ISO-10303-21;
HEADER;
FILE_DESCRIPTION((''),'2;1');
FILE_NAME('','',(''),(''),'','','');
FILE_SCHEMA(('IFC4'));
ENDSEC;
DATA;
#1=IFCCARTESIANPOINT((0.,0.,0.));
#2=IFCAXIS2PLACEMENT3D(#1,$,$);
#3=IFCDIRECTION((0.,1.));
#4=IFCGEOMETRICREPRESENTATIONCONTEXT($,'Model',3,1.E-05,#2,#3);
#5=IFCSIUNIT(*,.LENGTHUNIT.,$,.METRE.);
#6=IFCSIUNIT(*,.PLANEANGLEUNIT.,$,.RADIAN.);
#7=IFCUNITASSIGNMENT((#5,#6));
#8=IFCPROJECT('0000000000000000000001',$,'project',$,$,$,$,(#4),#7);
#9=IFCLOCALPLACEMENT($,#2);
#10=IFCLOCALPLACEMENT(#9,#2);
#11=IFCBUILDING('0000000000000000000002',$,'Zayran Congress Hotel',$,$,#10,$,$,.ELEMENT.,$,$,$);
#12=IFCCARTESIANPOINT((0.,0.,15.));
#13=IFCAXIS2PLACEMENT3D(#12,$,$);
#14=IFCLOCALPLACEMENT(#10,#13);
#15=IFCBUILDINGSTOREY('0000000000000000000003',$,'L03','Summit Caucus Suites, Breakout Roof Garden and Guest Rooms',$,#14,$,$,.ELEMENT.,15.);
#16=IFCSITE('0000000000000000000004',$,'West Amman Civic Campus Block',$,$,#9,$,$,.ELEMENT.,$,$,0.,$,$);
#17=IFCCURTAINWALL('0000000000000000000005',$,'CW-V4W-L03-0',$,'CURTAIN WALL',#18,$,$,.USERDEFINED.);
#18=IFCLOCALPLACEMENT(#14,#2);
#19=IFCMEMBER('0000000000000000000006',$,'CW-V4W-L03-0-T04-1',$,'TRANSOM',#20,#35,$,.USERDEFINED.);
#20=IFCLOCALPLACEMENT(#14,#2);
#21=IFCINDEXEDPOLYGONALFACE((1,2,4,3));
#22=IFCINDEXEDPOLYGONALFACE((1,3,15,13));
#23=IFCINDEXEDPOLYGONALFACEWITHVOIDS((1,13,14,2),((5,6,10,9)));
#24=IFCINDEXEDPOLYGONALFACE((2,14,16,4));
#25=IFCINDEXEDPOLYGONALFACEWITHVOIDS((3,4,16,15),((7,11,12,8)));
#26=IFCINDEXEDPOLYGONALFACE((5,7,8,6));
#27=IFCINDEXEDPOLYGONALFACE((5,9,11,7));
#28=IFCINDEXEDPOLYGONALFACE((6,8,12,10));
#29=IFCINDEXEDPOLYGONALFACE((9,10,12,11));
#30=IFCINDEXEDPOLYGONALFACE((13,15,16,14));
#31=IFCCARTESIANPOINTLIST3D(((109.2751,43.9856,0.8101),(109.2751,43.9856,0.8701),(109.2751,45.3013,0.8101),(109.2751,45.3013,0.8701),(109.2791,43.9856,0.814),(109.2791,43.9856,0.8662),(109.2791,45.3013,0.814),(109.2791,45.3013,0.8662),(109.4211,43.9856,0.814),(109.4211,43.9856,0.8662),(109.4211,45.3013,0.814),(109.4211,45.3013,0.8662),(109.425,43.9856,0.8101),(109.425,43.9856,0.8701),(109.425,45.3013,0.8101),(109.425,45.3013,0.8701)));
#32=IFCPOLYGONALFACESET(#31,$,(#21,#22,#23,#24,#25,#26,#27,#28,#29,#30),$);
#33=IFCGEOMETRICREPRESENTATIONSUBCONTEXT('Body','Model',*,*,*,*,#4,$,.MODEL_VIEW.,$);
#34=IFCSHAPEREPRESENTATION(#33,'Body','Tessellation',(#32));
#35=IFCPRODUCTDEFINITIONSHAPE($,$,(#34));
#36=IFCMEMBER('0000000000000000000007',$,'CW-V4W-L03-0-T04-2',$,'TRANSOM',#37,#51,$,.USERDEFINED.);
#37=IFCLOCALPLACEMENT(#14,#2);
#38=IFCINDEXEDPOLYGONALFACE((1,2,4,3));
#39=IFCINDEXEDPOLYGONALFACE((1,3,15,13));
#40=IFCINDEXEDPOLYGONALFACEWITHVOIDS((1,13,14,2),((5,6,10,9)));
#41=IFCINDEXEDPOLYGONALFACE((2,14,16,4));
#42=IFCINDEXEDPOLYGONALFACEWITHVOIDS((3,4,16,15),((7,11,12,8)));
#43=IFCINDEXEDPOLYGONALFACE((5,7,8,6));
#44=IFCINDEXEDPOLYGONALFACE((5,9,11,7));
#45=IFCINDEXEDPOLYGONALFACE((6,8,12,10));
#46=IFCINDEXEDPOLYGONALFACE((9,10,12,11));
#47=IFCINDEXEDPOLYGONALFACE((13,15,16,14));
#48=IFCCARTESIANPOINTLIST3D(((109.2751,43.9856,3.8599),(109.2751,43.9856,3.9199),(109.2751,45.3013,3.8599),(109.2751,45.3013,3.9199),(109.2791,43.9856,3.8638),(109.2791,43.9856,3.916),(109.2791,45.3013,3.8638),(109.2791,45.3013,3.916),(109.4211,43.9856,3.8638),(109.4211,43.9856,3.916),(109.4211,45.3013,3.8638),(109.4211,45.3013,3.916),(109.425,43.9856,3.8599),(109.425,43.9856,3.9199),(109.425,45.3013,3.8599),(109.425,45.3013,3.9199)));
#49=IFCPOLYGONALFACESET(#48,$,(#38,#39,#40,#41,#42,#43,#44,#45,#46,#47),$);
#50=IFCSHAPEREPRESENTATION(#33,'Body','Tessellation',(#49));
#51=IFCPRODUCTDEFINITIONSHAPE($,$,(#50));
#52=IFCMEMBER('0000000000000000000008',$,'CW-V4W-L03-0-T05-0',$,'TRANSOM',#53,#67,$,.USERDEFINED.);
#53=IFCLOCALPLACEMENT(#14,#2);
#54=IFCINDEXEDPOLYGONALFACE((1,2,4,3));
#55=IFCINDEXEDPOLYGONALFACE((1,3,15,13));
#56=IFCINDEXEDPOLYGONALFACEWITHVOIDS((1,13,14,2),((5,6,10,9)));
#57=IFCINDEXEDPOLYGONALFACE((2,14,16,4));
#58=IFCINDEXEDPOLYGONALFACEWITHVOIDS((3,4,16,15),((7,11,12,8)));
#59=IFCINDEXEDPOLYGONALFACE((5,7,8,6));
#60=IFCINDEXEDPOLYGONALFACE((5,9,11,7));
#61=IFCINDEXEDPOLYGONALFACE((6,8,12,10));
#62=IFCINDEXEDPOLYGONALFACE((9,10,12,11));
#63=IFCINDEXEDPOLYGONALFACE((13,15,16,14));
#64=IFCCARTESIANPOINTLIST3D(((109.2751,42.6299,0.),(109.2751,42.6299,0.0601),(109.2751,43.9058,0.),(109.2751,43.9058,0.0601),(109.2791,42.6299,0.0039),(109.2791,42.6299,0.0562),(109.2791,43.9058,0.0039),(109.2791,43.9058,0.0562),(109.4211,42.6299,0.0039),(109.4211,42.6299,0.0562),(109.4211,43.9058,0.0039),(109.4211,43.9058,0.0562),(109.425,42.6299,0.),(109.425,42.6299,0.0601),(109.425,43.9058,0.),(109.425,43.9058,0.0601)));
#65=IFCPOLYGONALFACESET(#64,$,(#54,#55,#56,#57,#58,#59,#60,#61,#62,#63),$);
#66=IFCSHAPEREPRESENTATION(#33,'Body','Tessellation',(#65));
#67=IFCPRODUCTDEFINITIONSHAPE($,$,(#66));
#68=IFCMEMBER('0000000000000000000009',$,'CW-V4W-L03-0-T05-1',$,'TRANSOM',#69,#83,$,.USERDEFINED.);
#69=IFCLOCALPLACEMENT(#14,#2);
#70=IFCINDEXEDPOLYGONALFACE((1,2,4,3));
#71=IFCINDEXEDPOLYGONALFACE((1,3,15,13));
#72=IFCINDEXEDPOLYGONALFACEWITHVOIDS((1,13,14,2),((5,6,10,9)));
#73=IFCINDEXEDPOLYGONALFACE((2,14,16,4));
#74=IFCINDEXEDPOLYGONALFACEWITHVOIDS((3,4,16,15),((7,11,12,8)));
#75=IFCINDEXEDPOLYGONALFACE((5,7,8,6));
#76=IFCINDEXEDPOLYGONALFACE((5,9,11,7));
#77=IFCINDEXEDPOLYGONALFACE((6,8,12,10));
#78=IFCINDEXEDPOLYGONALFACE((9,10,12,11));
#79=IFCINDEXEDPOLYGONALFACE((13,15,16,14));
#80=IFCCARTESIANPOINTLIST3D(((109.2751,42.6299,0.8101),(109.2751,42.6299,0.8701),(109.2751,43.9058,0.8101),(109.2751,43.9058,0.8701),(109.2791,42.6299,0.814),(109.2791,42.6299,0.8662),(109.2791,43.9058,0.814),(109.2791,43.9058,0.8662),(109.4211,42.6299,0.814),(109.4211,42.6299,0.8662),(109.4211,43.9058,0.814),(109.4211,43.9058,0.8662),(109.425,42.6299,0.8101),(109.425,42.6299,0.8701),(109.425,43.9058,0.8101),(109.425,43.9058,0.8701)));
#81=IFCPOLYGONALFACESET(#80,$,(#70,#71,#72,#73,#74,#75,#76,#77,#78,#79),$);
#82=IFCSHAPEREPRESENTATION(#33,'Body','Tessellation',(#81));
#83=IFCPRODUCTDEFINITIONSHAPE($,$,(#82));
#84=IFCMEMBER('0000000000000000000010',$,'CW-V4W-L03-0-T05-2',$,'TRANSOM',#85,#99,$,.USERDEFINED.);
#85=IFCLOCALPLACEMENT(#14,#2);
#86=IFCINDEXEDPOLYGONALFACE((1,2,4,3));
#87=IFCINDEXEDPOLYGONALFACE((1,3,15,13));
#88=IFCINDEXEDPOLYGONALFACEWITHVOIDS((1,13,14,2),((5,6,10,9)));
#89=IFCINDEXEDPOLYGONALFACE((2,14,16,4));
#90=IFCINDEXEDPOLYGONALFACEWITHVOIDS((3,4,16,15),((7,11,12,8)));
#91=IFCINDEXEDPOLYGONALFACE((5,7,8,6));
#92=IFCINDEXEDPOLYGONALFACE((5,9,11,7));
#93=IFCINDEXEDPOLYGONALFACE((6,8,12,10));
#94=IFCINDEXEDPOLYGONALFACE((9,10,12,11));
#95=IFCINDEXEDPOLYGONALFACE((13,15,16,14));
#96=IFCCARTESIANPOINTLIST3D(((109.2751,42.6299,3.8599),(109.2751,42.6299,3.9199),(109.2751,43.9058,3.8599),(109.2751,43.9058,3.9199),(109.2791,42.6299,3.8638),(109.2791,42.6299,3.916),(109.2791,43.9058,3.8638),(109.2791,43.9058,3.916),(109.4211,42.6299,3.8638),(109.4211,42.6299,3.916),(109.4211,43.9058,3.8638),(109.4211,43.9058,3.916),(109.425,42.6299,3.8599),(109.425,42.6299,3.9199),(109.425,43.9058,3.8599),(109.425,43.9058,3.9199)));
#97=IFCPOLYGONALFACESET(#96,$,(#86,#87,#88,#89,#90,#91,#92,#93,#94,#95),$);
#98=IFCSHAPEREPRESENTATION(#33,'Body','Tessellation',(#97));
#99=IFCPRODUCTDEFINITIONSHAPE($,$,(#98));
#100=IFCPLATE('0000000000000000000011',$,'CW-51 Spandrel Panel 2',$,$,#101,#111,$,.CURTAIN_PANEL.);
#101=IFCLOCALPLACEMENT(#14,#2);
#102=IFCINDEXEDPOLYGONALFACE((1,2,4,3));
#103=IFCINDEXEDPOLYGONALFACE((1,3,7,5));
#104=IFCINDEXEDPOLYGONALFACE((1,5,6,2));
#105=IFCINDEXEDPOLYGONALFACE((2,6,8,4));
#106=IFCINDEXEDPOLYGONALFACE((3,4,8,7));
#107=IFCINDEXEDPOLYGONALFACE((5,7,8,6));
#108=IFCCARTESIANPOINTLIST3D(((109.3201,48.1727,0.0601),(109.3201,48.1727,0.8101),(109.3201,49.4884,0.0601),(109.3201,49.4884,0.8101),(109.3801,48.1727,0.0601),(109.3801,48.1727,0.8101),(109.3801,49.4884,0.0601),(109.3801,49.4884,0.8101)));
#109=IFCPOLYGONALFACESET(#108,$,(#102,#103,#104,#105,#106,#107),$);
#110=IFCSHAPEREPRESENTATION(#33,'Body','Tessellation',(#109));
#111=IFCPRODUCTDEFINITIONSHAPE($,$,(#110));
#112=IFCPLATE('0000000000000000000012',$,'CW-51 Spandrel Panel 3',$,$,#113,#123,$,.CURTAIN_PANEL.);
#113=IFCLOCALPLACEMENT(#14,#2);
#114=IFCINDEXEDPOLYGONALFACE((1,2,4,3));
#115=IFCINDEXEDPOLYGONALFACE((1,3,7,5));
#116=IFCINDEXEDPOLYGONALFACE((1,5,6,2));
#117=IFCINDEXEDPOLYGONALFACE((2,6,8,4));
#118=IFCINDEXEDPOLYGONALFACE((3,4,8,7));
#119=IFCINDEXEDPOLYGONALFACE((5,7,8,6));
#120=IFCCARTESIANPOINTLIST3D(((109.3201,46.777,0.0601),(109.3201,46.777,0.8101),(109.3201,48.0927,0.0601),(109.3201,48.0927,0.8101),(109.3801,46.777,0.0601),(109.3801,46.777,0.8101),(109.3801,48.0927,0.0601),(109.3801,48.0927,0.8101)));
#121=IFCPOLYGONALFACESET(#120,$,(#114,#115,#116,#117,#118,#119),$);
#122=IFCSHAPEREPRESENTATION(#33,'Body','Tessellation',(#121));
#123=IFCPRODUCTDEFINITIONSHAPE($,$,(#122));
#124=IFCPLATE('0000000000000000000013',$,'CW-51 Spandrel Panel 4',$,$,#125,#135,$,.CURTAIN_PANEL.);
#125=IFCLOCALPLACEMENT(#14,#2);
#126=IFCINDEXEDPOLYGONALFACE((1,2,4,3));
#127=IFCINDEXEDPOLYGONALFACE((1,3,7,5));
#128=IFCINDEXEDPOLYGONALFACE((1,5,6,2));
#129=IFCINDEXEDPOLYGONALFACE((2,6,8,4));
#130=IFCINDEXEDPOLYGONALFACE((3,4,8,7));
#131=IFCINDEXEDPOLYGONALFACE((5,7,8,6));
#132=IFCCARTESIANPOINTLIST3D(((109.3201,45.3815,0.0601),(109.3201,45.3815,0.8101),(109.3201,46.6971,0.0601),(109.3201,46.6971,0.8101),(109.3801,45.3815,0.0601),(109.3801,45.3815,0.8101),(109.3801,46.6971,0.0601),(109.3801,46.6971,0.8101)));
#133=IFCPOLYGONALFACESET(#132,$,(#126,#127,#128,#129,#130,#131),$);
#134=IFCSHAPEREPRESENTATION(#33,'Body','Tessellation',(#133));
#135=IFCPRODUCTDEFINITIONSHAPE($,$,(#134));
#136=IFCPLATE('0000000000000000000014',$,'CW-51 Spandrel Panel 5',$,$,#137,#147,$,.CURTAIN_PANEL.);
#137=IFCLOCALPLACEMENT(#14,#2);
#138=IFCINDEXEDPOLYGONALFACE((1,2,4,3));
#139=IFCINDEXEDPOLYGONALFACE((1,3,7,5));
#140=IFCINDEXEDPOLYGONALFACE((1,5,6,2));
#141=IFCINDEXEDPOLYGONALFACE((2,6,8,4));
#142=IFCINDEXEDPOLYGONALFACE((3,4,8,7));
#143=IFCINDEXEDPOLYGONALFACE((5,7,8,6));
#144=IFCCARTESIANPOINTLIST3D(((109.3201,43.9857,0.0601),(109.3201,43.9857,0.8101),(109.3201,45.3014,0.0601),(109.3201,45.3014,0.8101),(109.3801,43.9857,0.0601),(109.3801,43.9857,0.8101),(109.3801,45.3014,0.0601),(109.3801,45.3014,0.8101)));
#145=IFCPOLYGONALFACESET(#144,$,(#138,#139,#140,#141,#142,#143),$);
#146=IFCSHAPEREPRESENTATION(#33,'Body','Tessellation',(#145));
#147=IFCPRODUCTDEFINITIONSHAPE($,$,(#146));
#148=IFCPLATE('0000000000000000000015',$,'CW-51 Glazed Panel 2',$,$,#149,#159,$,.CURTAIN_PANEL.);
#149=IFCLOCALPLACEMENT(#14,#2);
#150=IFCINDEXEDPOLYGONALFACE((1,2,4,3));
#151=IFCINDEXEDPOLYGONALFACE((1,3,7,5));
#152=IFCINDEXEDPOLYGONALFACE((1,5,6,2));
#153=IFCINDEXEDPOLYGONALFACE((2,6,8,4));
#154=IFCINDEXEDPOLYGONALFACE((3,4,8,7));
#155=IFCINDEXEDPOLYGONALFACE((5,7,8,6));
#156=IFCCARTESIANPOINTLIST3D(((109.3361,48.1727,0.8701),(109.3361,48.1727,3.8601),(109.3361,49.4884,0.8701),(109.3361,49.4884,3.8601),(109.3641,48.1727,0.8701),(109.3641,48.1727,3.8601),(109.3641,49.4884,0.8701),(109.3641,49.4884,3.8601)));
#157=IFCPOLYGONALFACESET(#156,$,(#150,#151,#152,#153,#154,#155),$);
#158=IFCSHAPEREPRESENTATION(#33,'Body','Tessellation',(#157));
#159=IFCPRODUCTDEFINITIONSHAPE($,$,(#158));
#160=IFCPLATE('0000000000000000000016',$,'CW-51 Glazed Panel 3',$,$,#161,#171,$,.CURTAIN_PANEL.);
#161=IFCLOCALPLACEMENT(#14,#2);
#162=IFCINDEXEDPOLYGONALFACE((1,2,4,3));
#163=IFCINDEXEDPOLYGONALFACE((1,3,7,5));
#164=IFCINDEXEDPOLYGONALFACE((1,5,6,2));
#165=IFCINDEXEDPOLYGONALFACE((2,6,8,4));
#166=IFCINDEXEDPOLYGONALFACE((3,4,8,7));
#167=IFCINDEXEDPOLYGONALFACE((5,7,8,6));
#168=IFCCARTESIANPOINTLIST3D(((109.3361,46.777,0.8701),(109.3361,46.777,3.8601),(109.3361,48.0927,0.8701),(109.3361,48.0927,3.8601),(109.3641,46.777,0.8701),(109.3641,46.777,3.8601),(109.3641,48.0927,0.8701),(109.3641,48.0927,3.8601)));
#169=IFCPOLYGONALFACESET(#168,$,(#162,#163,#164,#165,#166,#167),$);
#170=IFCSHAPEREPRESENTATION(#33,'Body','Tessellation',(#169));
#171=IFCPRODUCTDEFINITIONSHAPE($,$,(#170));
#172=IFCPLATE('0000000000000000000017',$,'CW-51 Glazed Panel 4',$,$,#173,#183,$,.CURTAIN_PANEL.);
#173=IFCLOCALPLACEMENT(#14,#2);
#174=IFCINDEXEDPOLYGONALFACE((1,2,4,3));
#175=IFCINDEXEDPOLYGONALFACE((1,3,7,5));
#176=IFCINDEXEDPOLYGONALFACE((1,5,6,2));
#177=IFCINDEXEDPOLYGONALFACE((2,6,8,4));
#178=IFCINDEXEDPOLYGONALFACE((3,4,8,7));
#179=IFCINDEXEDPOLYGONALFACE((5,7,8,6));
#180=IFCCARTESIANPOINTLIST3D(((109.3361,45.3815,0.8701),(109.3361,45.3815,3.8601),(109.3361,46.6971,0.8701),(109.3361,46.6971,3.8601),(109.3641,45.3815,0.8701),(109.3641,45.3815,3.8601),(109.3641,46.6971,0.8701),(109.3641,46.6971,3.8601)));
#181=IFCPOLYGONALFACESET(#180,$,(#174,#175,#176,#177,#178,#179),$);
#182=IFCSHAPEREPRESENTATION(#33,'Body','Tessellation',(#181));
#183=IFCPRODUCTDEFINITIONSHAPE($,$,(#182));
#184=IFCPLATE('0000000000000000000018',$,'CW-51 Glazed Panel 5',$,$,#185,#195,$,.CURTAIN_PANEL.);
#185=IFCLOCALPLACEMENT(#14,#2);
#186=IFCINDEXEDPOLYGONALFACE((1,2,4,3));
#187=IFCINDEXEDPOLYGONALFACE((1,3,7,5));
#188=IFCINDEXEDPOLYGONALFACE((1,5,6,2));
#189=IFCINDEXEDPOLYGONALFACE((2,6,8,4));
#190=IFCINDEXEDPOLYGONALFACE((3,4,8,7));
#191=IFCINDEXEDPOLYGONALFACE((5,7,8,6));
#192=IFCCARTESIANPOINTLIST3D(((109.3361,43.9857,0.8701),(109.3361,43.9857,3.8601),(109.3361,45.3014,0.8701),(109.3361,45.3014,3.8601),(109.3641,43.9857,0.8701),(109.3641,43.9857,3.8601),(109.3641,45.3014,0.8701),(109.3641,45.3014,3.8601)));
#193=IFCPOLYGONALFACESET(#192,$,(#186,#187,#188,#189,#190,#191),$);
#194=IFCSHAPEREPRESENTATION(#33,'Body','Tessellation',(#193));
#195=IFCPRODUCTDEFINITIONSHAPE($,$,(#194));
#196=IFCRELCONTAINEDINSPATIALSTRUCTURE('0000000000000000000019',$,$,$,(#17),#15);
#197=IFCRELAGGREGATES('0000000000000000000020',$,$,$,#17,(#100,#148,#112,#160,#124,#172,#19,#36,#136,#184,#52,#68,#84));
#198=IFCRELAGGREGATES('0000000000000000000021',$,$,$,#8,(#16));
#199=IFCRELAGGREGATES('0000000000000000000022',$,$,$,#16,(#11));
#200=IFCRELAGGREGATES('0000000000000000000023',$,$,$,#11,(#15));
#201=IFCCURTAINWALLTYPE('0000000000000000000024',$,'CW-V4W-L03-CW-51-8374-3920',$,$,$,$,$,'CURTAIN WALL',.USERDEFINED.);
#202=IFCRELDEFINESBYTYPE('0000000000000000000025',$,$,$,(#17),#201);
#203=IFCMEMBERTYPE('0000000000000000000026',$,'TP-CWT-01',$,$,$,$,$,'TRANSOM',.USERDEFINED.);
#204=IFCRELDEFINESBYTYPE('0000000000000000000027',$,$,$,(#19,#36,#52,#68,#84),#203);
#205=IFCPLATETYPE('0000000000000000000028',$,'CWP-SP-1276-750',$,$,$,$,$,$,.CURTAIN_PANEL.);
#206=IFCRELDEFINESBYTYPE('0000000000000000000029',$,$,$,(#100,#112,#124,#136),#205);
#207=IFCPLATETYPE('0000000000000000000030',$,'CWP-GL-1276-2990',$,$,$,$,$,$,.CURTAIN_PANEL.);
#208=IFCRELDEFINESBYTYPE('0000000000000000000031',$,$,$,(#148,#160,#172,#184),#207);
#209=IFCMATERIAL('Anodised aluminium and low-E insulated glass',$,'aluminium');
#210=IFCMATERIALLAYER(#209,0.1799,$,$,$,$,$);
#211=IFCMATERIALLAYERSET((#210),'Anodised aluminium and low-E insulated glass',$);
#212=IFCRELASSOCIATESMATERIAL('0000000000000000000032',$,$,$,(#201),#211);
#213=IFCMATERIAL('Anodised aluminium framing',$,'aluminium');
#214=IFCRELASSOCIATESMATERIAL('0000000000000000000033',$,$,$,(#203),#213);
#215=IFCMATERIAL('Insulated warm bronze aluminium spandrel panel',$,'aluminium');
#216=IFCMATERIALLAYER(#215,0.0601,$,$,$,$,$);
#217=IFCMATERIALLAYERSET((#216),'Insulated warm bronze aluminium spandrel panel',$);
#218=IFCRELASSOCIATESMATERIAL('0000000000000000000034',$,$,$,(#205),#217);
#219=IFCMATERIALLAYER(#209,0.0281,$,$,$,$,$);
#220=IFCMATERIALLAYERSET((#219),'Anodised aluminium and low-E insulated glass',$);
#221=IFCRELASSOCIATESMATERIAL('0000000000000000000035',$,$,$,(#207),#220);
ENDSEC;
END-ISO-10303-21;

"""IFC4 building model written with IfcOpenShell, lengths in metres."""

from ifc_helpers import new_model, si_unit, direction, frame, origin, origin_2d, place, context, subcontext, project, spatial, rectangle, hollow_rectangle, extrude, material, layer, layer_set, material_profile, profile_set, type_object, element, aggregate, save


model = new_model("IFC4")

# Units and contexts
model_context = context("Model", 3, precision=1e-05, world=origin(), true_north=direction((0.0, 1.0)))
body_context = subcontext(model_context, "Body", "Model", "MODEL_VIEW")
ifc_project = project(units=[si_unit("LENGTHUNIT", "METRE"), si_unit("PLANEANGLEUNIT", "RADIAN")], contexts=[model_context])

# Site, building, storey
site_placement = place(None, origin())
site = spatial("IfcSite", under=ifc_project, at=site_placement, Name="West Amman Civic Campus Block", CompositionType="ELEMENT", RefElevation=0.0)
building_placement = place(site_placement, origin())
building = spatial("IfcBuilding", under=site, at=building_placement, Name="Zayran Congress Hotel", CompositionType="ELEMENT")
storey_placement = place(building_placement, frame((0.0, 0.0, 15.0)))
storey = spatial("IfcBuildingStorey", under=building, at=storey_placement, Name="L03", Description="Summit Caucus Suites, Breakout Roof Garden and Guest Rooms", CompositionType="ELEMENT", Elevation=15.0)

# Curtain wall, members, plates
ifc_material_1 = material(Name="Anodised aluminium and low-E insulated glass", Category="aluminium")
ifc_layer_1 = layer(ifc_material_1, 0.1799)
ifc_layer_set_1 = layer_set([ifc_layer_1], Name="Anodised aluminium and low-E insulated glass")
curtain_wall_type = type_object("IfcCurtainWallType", Name="CW-V4W-L03-CW-51-8374-3920", ElementType="CURTAIN WALL", PredefinedType="USERDEFINED", material=ifc_layer_set_1)
curtain_wall_placement = place(storey_placement, origin())
curtain_wall = element("IfcCurtainWall", 1, at=curtain_wall_placement, inside=storey, type_object=curtain_wall_type, Name="CW-V4W-L03-0", ObjectType="CURTAIN WALL", PredefinedType="USERDEFINED")
ifc_material_2 = material(Name="Anodised aluminium framing", Category="aluminium")
ifc_material_profile_1 = material_profile(ifc_material_2, hollow_rectangle(XDim=0.0601, YDim=0.1499, WallThickness=0.0039, at=origin_2d()), Name="RHS 150x60x4")
ifc_profile_set_1 = profile_set([ifc_material_profile_1], Name="Anodised aluminium framing")
member_type_1 = type_object("IfcMemberType", Name="TP-CWT-01", ElementType="TRANSOM", PredefinedType="USERDEFINED", material=ifc_profile_set_1)
member_1_placement = place(storey_placement, frame((109.3501, 45.3013, 0.8401), z_axis=(0.0, -1.0, 0.0), x_axis=(0.0, 0.0, 1.0)))
member_1 = element("IfcMember", 2, at=member_1_placement, type_object=member_type_1, Name="CW-V4W-L03-0-T04-1", ObjectType="TRANSOM", PredefinedType="USERDEFINED", context=body_context, shape_type="SweptSolid", body=[
    extrude(hollow_rectangle(XDim=0.0601, YDim=0.1499, WallThickness=0.0039, at=origin_2d()), origin(), (0.0, 0.0, 1.0), 1.3157),
])
member_2_placement = place(storey_placement, frame((109.3501, 45.3013, 3.8899), z_axis=(0.0, -1.0, 0.0), x_axis=(0.0, 0.0, 1.0)))
member_2 = element("IfcMember", 3, at=member_2_placement, type_object=member_type_1, Name="CW-V4W-L03-0-T04-2", ObjectType="TRANSOM", PredefinedType="USERDEFINED", context=body_context, shape_type="SweptSolid", body=[
    extrude(hollow_rectangle(XDim=0.0601, YDim=0.1499, WallThickness=0.0039, at=origin_2d()), origin(), (0.0, 0.0, 1.0), 1.3157),
])
member_3_placement = place(storey_placement, frame((109.3501, 43.9058, 0.03), z_axis=(0.0, -1.0, 0.0), x_axis=(0.0, 0.0, 1.0)))
member_3 = element("IfcMember", 4, at=member_3_placement, type_object=member_type_1, Name="CW-V4W-L03-0-T05-0", ObjectType="TRANSOM", PredefinedType="USERDEFINED", context=body_context, shape_type="SweptSolid", body=[
    extrude(hollow_rectangle(XDim=0.0601, YDim=0.1499, WallThickness=0.0039, at=origin_2d()), origin(), (0.0, 0.0, 1.0), 1.2759),
])
member_4_placement = place(storey_placement, frame((109.3501, 43.9058, 0.8401), z_axis=(0.0, -1.0, 0.0), x_axis=(0.0, 0.0, 1.0)))
member_4 = element("IfcMember", 5, at=member_4_placement, type_object=member_type_1, Name="CW-V4W-L03-0-T05-1", ObjectType="TRANSOM", PredefinedType="USERDEFINED", context=body_context, shape_type="SweptSolid", body=[
    extrude(hollow_rectangle(XDim=0.0601, YDim=0.1499, WallThickness=0.0039, at=origin_2d()), origin(), (0.0, 0.0, 1.0), 1.2759),
])
member_5_placement = place(storey_placement, frame((109.3501, 43.9058, 3.8899), z_axis=(0.0, -1.0, 0.0), x_axis=(0.0, 0.0, 1.0)))
member_5 = element("IfcMember", 6, at=member_5_placement, type_object=member_type_1, Name="CW-V4W-L03-0-T05-2", ObjectType="TRANSOM", PredefinedType="USERDEFINED", context=body_context, shape_type="SweptSolid", body=[
    extrude(hollow_rectangle(XDim=0.0601, YDim=0.1499, WallThickness=0.0039, at=origin_2d()), origin(), (0.0, 0.0, 1.0), 1.2759),
])
ifc_material_3 = material(Name="Insulated warm bronze aluminium spandrel panel", Category="aluminium")
ifc_layer_2 = layer(ifc_material_3, 0.0601)
ifc_layer_set_2 = layer_set([ifc_layer_2], Name="Insulated warm bronze aluminium spandrel panel")
plate_type_1 = type_object("IfcPlateType", Name="CWP-SP-1276-750", PredefinedType="CURTAIN_PANEL", material=ifc_layer_set_2)
plate_1_placement = place(storey_placement, frame((109.3501, 48.8306, 0.0601), z_axis=(0.0, 0.0, 1.0), x_axis=(0.0, 1.0, 0.0)))
plate_1 = element("IfcPlate", 7, at=plate_1_placement, type_object=plate_type_1, Name="CW-51 Spandrel Panel 2", PredefinedType="CURTAIN_PANEL", context=body_context, shape_type="SweptSolid", body=[
    extrude(rectangle(XDim=1.3157, YDim=0.0601, at=origin_2d()), origin(), (0.0, 0.0, 1.0), 0.75),
])
plate_2_placement = place(storey_placement, frame((109.3501, 47.4348, 0.0601), z_axis=(0.0, 0.0, 1.0), x_axis=(0.0, 1.0, 0.0)))
plate_2 = element("IfcPlate", 8, at=plate_2_placement, type_object=plate_type_1, Name="CW-51 Spandrel Panel 3", PredefinedType="CURTAIN_PANEL", context=body_context, shape_type="SweptSolid", body=[
    extrude(rectangle(XDim=1.3157, YDim=0.0601, at=origin_2d()), origin(), (0.0, 0.0, 1.0), 0.75),
])
plate_3_placement = place(storey_placement, frame((109.3501, 46.0393, 0.0601), z_axis=(0.0, 0.0, 1.0), x_axis=(0.0, 1.0, 0.0)))
plate_3 = element("IfcPlate", 9, at=plate_3_placement, type_object=plate_type_1, Name="CW-51 Spandrel Panel 4", PredefinedType="CURTAIN_PANEL", context=body_context, shape_type="SweptSolid", body=[
    extrude(rectangle(XDim=1.3157, YDim=0.0601, at=origin_2d()), origin(), (0.0, 0.0, 1.0), 0.75),
])
plate_4_placement = place(storey_placement, frame((109.3501, 44.6436, 0.0601), z_axis=(0.0, 0.0, 1.0), x_axis=(0.0, 1.0, 0.0)))
plate_4 = element("IfcPlate", 10, at=plate_4_placement, type_object=plate_type_1, Name="CW-51 Spandrel Panel 5", PredefinedType="CURTAIN_PANEL", context=body_context, shape_type="SweptSolid", body=[
    extrude(rectangle(XDim=1.3157, YDim=0.0601, at=origin_2d()), origin(), (0.0, 0.0, 1.0), 0.75),
])
ifc_layer_3 = layer(ifc_material_1, 0.0281)
ifc_layer_set_3 = layer_set([ifc_layer_3], Name="Anodised aluminium and low-E insulated glass")
plate_type_2 = type_object("IfcPlateType", Name="CWP-GL-1276-2990", PredefinedType="CURTAIN_PANEL", material=ifc_layer_set_3)
plate_5_placement = place(storey_placement, frame((109.3501, 48.8306, 0.8701), z_axis=(0.0, 0.0, 1.0), x_axis=(0.0, 1.0, 0.0)))
plate_5 = element("IfcPlate", 11, at=plate_5_placement, type_object=plate_type_2, Name="CW-51 Glazed Panel 2", PredefinedType="CURTAIN_PANEL", context=body_context, shape_type="SweptSolid", body=[
    extrude(rectangle(XDim=1.3157, YDim=0.0281, at=origin_2d()), origin(), (0.0, 0.0, 1.0), 2.99),
])
plate_6_placement = place(storey_placement, frame((109.3501, 47.4348, 0.8701), z_axis=(0.0, 0.0, 1.0), x_axis=(0.0, 1.0, 0.0)))
plate_6 = element("IfcPlate", 12, at=plate_6_placement, type_object=plate_type_2, Name="CW-51 Glazed Panel 3", PredefinedType="CURTAIN_PANEL", context=body_context, shape_type="SweptSolid", body=[
    extrude(rectangle(XDim=1.3157, YDim=0.0281, at=origin_2d()), origin(), (0.0, 0.0, 1.0), 2.99),
])
plate_7_placement = place(storey_placement, frame((109.3501, 46.0393, 0.8701), z_axis=(0.0, 0.0, 1.0), x_axis=(0.0, 1.0, 0.0)))
plate_7 = element("IfcPlate", 13, at=plate_7_placement, type_object=plate_type_2, Name="CW-51 Glazed Panel 4", PredefinedType="CURTAIN_PANEL", context=body_context, shape_type="SweptSolid", body=[
    extrude(rectangle(XDim=1.3157, YDim=0.0281, at=origin_2d()), origin(), (0.0, 0.0, 1.0), 2.99),
])
plate_8_placement = place(storey_placement, frame((109.3501, 44.6436, 0.8701), z_axis=(0.0, 0.0, 1.0), x_axis=(0.0, 1.0, 0.0)))
plate_8 = element("IfcPlate", 14, at=plate_8_placement, type_object=plate_type_2, Name="CW-51 Glazed Panel 5", PredefinedType="CURTAIN_PANEL", context=body_context, shape_type="SweptSolid", body=[
    extrude(rectangle(XDim=1.3157, YDim=0.0281, at=origin_2d()), origin(), (0.0, 0.0, 1.0), 2.99),
])
aggregate(curtain_wall, [plate_1, plate_5, plate_2, plate_6, plate_3, plate_7, member_1, member_2, plate_4, plate_8, member_3, member_4, member_5])

save(model, "model.ifc")
